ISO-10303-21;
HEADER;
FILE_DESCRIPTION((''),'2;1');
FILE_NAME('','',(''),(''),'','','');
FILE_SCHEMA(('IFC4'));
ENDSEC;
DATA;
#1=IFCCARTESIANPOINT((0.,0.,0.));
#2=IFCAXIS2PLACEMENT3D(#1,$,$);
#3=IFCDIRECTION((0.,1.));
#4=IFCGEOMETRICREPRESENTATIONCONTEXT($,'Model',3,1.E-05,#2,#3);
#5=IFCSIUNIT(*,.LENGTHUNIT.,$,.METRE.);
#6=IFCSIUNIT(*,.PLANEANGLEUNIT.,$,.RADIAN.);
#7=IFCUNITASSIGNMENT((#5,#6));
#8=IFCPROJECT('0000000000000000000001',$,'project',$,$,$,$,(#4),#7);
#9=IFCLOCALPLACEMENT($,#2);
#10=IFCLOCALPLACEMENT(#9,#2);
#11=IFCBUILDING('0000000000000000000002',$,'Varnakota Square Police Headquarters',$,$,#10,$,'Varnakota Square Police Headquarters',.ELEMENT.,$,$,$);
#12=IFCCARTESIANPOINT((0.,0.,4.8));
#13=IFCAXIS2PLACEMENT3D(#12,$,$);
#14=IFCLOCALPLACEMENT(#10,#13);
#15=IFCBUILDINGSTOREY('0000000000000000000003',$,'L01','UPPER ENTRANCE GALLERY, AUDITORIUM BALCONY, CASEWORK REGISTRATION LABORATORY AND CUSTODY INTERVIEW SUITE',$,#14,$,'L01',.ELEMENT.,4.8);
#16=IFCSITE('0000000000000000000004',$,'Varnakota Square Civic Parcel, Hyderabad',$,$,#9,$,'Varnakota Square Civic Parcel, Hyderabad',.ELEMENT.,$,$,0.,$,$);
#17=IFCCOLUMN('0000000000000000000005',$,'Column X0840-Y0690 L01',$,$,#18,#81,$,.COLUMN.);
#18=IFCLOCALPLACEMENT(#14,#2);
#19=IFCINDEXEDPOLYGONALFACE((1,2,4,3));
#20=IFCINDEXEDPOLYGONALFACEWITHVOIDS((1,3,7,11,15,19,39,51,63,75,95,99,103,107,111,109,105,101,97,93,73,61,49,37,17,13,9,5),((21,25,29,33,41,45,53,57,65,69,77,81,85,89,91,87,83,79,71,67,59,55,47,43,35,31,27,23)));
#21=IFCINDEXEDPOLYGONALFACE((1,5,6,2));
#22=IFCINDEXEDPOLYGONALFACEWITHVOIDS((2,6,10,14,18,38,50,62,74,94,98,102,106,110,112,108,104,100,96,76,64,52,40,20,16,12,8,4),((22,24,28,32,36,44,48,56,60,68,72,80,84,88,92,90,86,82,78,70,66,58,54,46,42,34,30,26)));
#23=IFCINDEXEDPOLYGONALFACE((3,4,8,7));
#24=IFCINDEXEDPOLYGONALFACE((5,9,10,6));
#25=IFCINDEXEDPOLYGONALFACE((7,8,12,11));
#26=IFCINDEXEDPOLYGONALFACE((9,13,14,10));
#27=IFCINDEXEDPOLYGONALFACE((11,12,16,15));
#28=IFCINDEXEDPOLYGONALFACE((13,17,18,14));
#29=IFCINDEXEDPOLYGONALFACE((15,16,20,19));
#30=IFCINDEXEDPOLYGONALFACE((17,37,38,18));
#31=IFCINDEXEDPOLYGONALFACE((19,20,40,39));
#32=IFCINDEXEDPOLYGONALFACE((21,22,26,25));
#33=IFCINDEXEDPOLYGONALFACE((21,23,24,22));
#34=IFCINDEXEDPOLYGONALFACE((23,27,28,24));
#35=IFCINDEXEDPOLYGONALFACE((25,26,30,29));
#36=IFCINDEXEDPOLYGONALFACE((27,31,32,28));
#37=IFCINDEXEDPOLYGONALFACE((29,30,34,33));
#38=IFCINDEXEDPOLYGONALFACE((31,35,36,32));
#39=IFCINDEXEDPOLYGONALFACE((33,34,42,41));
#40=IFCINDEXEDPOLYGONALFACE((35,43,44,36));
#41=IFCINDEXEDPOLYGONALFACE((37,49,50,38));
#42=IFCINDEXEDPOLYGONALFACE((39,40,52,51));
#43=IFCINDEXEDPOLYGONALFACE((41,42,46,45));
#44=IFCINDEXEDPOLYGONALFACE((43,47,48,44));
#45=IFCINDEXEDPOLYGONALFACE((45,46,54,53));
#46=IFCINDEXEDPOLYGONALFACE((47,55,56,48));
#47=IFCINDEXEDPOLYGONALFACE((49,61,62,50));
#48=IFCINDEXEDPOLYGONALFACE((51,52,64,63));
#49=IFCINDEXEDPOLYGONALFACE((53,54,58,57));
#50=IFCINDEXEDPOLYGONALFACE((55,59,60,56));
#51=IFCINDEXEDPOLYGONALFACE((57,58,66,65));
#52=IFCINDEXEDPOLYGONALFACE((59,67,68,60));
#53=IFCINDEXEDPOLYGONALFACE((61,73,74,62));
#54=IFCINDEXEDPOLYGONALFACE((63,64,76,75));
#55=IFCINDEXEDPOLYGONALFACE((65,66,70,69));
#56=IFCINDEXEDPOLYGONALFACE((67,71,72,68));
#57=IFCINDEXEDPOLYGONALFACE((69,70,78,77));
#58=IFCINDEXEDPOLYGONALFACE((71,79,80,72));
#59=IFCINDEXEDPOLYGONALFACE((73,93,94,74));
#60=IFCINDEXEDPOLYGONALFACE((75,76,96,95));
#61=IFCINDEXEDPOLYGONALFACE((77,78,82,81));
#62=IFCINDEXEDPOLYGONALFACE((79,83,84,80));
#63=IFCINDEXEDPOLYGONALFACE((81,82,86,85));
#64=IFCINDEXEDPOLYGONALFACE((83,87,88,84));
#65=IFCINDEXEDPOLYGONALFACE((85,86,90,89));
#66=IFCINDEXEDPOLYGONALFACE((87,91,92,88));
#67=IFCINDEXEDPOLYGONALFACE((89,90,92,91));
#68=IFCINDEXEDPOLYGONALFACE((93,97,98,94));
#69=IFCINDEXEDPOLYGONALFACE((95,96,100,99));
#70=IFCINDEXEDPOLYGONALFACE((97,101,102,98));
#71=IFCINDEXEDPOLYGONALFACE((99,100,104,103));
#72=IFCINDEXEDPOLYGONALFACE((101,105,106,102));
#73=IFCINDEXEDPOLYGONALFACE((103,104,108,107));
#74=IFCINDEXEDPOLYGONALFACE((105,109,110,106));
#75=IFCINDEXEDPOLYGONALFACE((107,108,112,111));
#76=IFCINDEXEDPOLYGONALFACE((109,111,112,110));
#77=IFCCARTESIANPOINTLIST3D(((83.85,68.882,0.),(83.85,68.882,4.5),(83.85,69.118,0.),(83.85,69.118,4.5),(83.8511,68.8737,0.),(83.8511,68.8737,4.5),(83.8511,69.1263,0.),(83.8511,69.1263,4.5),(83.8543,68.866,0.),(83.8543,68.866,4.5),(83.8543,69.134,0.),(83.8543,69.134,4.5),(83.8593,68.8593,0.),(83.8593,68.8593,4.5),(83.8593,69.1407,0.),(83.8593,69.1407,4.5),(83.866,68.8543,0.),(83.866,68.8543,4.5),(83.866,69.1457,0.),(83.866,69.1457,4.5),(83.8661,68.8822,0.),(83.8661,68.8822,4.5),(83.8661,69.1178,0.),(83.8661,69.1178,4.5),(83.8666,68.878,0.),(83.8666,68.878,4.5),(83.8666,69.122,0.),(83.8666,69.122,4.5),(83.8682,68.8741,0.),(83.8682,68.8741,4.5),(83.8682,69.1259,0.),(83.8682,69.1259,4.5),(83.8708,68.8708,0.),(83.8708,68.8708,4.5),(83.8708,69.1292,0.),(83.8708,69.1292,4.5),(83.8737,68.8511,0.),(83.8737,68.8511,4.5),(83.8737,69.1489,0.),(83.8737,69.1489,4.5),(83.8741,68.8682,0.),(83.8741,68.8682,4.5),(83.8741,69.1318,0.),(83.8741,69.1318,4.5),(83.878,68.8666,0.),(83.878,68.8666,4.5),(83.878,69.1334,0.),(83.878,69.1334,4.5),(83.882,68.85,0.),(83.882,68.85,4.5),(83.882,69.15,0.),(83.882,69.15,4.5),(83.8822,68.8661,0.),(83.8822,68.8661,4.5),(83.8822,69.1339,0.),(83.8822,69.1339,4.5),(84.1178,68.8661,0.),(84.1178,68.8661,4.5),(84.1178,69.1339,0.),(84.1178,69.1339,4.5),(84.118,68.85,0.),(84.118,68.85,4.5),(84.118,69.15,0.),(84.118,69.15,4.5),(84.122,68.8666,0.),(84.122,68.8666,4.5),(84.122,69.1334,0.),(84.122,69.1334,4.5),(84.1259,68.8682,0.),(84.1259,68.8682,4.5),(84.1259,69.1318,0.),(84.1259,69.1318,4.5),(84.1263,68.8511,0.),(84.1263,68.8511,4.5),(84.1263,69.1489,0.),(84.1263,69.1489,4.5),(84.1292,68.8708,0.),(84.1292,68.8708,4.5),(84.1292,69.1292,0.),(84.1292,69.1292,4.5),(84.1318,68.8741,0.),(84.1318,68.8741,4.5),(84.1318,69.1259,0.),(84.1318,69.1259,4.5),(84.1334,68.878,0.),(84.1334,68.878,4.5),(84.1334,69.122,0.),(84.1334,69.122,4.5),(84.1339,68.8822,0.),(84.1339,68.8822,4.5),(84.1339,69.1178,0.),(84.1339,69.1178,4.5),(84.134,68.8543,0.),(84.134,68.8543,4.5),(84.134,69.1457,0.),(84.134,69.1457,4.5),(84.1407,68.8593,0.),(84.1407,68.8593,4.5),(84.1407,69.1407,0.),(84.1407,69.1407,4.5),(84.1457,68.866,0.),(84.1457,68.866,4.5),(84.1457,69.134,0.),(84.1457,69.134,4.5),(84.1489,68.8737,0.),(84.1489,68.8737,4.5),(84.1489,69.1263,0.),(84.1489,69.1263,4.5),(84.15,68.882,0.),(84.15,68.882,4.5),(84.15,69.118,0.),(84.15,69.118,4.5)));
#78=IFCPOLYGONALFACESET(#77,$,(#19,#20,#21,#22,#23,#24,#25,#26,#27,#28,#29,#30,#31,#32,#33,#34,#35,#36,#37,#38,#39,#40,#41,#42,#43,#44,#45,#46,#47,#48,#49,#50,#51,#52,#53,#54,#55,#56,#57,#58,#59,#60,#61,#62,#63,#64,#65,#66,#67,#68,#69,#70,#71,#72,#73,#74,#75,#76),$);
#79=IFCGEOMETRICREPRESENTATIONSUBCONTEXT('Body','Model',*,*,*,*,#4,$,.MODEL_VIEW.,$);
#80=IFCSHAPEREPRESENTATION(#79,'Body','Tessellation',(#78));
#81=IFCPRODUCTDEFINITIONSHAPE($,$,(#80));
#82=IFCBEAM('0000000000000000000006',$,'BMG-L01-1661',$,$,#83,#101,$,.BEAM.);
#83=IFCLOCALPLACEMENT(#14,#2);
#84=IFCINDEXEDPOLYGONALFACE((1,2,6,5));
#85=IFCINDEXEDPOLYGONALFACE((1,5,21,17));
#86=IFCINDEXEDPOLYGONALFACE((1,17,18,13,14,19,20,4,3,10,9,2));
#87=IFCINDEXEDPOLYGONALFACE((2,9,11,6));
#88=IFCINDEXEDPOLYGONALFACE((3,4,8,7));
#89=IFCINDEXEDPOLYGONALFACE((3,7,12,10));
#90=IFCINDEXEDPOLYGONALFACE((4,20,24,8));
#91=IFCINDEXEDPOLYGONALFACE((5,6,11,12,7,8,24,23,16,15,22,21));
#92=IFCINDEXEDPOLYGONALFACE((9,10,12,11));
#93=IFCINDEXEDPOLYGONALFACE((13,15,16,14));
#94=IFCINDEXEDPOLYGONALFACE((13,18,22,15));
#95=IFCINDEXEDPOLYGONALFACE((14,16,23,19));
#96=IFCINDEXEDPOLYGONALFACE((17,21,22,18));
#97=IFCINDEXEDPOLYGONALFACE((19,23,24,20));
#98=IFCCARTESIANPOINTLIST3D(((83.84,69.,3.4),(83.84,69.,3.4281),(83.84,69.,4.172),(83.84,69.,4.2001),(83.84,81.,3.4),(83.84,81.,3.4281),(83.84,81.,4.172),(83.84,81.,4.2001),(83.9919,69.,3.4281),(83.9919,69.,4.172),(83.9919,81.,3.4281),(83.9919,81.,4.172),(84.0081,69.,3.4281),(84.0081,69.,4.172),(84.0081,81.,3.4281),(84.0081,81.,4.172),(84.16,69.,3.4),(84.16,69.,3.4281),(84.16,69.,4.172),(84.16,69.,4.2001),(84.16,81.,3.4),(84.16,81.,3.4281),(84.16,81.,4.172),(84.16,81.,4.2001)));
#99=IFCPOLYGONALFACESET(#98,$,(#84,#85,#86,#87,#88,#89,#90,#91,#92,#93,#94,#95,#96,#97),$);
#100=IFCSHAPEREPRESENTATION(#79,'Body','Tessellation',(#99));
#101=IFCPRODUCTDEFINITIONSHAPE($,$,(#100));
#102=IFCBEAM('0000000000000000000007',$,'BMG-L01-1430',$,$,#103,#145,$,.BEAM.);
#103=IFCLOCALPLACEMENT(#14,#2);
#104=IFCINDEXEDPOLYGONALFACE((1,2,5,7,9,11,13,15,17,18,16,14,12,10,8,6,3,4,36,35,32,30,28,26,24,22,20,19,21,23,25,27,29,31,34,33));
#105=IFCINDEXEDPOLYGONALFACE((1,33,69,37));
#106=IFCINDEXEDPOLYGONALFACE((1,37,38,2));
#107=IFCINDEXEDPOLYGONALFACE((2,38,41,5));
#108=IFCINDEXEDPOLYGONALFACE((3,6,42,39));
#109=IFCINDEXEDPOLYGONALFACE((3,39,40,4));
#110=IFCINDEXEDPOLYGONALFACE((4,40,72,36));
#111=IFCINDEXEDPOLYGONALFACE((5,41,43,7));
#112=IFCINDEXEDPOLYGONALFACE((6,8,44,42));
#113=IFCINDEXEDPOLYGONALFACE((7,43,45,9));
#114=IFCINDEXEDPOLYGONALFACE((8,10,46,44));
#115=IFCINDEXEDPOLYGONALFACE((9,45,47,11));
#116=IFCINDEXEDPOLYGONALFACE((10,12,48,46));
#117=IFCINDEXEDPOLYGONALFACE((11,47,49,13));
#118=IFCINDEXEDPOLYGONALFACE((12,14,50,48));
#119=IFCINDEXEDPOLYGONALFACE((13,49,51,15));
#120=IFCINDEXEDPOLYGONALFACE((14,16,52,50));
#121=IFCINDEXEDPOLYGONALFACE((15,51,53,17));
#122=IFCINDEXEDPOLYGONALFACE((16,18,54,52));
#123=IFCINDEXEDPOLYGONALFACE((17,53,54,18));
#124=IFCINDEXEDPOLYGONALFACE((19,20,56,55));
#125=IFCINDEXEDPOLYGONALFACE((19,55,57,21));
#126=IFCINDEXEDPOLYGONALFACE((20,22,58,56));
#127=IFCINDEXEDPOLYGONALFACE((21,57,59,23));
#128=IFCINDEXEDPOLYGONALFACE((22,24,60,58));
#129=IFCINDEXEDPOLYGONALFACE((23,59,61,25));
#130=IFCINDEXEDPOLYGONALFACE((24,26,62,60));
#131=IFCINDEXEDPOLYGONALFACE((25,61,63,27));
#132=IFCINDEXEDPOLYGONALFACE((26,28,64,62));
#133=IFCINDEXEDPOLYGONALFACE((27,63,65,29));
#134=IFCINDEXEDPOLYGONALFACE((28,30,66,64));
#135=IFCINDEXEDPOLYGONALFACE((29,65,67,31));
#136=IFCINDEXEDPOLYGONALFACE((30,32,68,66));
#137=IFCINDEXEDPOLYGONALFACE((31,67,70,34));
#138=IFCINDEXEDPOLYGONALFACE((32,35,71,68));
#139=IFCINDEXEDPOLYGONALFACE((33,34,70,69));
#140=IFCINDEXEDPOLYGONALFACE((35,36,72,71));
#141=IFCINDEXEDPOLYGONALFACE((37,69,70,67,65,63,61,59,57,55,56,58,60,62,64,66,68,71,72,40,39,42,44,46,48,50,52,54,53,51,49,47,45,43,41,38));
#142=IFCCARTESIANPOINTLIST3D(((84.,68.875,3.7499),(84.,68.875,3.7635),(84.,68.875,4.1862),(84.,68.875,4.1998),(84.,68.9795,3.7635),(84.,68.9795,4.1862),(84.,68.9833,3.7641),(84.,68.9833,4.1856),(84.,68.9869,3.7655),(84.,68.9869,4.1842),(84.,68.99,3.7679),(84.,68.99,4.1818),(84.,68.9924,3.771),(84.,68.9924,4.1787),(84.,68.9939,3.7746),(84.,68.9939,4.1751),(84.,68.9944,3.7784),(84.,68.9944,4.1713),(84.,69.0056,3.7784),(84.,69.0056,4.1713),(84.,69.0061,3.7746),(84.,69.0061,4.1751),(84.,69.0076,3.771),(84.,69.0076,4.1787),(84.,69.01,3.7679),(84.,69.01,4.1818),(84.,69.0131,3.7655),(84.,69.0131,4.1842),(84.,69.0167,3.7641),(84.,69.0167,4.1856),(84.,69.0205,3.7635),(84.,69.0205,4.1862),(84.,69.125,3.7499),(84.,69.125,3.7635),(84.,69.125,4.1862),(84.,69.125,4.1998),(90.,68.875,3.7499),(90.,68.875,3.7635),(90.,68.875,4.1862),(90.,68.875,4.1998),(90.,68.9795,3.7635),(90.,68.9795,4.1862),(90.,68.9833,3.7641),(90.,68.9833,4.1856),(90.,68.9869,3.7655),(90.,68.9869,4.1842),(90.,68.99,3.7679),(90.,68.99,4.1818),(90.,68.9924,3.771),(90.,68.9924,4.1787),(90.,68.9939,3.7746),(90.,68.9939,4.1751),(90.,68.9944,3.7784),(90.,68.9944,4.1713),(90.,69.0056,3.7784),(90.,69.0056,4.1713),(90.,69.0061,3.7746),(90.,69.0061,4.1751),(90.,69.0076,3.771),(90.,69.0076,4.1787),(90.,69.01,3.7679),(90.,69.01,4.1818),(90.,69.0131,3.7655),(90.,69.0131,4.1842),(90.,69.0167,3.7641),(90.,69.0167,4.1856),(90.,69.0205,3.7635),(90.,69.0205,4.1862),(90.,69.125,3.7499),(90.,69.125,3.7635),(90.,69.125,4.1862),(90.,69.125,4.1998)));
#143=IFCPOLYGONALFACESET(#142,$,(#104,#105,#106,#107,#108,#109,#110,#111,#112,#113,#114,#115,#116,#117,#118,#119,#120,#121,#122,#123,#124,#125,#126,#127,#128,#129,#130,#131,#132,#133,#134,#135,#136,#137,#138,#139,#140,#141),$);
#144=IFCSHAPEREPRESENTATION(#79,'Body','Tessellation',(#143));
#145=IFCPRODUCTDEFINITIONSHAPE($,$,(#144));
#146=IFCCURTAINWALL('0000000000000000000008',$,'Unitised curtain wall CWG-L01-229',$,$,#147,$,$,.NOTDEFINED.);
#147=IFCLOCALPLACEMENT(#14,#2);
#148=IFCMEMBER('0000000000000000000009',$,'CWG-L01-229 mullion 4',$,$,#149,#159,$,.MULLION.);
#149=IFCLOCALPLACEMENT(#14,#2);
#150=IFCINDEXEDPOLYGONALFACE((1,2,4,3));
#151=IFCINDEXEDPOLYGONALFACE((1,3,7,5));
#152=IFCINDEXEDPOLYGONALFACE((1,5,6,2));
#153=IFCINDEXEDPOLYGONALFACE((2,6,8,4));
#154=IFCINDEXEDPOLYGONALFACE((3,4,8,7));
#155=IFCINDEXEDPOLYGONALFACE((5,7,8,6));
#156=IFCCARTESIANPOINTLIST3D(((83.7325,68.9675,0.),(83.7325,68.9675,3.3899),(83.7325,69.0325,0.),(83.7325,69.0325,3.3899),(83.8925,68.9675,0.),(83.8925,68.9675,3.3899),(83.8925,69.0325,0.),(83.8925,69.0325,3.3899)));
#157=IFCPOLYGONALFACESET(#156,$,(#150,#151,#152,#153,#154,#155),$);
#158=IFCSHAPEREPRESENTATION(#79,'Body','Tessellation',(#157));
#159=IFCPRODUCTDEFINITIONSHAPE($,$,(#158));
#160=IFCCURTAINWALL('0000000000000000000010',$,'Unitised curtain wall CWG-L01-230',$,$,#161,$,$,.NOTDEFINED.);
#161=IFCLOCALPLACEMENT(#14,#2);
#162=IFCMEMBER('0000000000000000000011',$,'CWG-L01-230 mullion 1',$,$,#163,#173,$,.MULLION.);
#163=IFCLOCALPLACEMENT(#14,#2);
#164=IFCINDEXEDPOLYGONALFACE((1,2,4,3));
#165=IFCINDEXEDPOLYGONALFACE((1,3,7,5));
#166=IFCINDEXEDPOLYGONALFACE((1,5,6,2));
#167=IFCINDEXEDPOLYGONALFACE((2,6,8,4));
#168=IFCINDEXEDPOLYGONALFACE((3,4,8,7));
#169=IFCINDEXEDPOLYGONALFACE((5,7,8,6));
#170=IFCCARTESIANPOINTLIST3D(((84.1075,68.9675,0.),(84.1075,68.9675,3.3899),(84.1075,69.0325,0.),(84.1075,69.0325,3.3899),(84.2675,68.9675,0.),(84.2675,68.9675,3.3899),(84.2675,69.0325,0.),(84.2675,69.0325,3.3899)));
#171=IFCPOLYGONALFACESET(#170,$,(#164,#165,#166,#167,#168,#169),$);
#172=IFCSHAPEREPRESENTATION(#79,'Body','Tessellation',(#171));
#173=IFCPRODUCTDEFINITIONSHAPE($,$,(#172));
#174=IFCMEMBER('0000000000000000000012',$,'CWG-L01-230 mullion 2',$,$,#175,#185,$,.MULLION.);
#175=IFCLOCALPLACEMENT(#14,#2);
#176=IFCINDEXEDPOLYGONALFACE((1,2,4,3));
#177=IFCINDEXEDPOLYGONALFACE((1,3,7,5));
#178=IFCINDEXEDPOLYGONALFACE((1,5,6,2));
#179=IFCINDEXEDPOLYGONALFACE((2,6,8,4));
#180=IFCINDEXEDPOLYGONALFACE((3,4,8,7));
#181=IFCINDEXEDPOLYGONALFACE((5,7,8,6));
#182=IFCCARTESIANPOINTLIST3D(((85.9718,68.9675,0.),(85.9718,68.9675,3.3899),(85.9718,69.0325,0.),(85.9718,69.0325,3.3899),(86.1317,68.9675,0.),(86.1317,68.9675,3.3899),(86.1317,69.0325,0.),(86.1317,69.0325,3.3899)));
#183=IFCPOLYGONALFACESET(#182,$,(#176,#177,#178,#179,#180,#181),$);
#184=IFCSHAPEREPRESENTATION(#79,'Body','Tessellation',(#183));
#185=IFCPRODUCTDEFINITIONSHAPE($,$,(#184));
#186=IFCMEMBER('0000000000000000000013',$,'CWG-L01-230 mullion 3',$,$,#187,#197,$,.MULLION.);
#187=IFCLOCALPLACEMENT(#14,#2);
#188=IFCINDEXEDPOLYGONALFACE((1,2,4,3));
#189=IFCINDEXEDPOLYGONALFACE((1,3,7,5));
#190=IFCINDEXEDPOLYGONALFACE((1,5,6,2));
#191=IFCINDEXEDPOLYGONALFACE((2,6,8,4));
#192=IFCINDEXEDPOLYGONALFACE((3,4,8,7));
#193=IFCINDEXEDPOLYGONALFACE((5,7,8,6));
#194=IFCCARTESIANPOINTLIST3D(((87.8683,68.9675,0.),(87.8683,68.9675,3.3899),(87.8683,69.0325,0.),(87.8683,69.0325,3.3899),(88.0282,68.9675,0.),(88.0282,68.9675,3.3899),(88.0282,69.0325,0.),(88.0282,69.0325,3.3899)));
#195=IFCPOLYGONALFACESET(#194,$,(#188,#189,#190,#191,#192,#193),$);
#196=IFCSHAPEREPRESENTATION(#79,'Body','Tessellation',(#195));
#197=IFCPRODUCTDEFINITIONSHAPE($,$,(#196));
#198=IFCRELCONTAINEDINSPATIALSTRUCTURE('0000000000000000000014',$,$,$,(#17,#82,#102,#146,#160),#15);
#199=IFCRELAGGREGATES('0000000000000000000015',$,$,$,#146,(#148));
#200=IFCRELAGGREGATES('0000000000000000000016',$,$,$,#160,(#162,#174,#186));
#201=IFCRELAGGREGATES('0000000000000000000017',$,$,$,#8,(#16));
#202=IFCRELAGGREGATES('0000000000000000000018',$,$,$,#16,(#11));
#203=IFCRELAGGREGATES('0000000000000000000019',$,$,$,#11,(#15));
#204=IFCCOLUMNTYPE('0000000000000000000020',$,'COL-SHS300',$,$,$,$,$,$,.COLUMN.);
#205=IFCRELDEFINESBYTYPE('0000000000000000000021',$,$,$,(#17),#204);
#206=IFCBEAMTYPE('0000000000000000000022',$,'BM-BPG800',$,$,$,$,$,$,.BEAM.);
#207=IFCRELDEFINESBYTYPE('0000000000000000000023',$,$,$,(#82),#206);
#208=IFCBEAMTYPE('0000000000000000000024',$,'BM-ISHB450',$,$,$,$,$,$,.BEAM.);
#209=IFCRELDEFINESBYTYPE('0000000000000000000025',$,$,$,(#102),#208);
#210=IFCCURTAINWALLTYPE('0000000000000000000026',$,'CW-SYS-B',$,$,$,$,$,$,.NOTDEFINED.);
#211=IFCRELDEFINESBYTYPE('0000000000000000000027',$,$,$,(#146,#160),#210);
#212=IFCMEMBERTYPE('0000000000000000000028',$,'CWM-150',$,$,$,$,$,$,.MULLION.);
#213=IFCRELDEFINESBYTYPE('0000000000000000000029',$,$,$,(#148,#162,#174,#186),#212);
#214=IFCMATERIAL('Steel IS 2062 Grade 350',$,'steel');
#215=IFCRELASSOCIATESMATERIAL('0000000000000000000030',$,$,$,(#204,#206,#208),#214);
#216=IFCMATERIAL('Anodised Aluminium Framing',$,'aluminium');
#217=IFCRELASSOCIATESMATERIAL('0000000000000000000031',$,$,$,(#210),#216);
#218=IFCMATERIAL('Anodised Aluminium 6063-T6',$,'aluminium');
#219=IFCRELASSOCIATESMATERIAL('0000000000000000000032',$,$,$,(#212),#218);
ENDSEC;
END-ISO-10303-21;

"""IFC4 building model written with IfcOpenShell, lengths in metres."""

from ifc_helpers import new_model, si_unit, direction, frame, origin, origin_2d, place, context, subcontext, project, spatial, rectangle, hollow_rectangle, i_section, extrude, material, material_profile, profile_set, type_object, element, aggregate, save


model = new_model("IFC4")

# Units and contexts
model_context = context("Model", 3, precision=1e-05, world=origin(), true_north=direction((0.0, 1.0)))
body_context = subcontext(model_context, "Body", "Model", "MODEL_VIEW")
ifc_project = project(units=[si_unit("LENGTHUNIT", "METRE"), si_unit("PLANEANGLEUNIT", "RADIAN")], contexts=[model_context])

# Site, building, storey
site_placement = place(None, origin())
site = spatial("IfcSite", under=ifc_project, at=site_placement, Name="Varnakota Square Civic Parcel, Hyderabad", LongName="Varnakota Square Civic Parcel, Hyderabad", CompositionType="ELEMENT", RefElevation=0.0)
building_placement = place(site_placement, origin())
building = spatial("IfcBuilding", under=site, at=building_placement, Name="Varnakota Square Police Headquarters", LongName="Varnakota Square Police Headquarters", CompositionType="ELEMENT")
storey_placement = place(building_placement, frame((0.0, 0.0, 4.8)))
storey = spatial("IfcBuildingStorey", under=building, at=storey_placement, Name="L01", Description="UPPER ENTRANCE GALLERY, AUDITORIUM BALCONY, CASEWORK REGISTRATION LABORATORY AND CUSTODY INTERVIEW SUITE", LongName="L01", CompositionType="ELEMENT", Elevation=4.8)

# Column
ifc_material_1 = material(Name="Steel IS 2062 Grade 350", Category="steel")
ifc_material_profile_1 = material_profile(ifc_material_1, hollow_rectangle(XDim=0.3, YDim=0.3, WallThickness=0.0161, InnerFilletRadius=0.0161, OuterFilletRadius=0.032, at=origin_2d()), Name="SHS 300x300x16")
ifc_profile_set_1 = profile_set([ifc_material_profile_1], Name="Steel IS 2062 Grade 350")
column_type = type_object("IfcColumnType", Name="COL-SHS300", PredefinedType="COLUMN", material=ifc_profile_set_1)
column_placement = place(storey_placement, frame((84.0, 69.0, 0.0), z_axis=(0.0, 0.0, 1.0), x_axis=(1.0, 0.0, 0.0)))
element("IfcColumn", 1, at=column_placement, inside=storey, type_object=column_type, Name="Column X0840-Y0690 L01", PredefinedType="COLUMN", context=body_context, shape_type="SweptSolid", body=[
    extrude(hollow_rectangle(XDim=0.3, YDim=0.3, WallThickness=0.0161, InnerFilletRadius=0.0161, OuterFilletRadius=0.032, at=origin_2d()), origin(), (0.0, 0.0, 1.0), 4.5),
])

# Beams
ifc_material_profile_2 = material_profile(ifc_material_1, i_section(OverallWidth=0.3201, OverallDepth=0.8, WebThickness=0.0161, FlangeThickness=0.0281, at=origin_2d()), Name="BPG 800x320")
ifc_profile_set_2 = profile_set([ifc_material_profile_2], Name="Steel IS 2062 Grade 350")
beam_type_1 = type_object("IfcBeamType", Name="BM-BPG800", PredefinedType="BEAM", material=ifc_profile_set_2)
beam_1_placement = place(storey_placement, frame((84.0, 69.0, 3.8), z_axis=(0.0, 1.0, 0.0), x_axis=(-1.0, 0.0, 0.0)))
element("IfcBeam", 2, at=beam_1_placement, inside=storey, type_object=beam_type_1, Name="BMG-L01-1661", PredefinedType="BEAM", context=body_context, shape_type="SweptSolid", body=[
    extrude(i_section(OverallWidth=0.3201, OverallDepth=0.8, WebThickness=0.0161, FlangeThickness=0.0281, at=origin_2d()), origin(), (0.0, 0.0, 1.0), 12.0),
])
ifc_material_profile_3 = material_profile(ifc_material_1, i_section(OverallWidth=0.25, OverallDepth=0.45, WebThickness=0.0112, FlangeThickness=0.0137, FilletRadius=0.0149, at=origin_2d()), Name="ISHB 450")
ifc_profile_set_3 = profile_set([ifc_material_profile_3], Name="Steel IS 2062 Grade 350")
beam_type_2 = type_object("IfcBeamType", Name="BM-ISHB450", PredefinedType="BEAM", material=ifc_profile_set_3)
beam_2_placement = place(storey_placement, frame((84.0, 69.0, 3.9749), z_axis=(1.0, 0.0, 0.0), x_axis=(0.0, 1.0, 0.0)))
element("IfcBeam", 3, at=beam_2_placement, inside=storey, type_object=beam_type_2, Name="BMG-L01-1430", PredefinedType="BEAM", context=body_context, shape_type="SweptSolid", body=[
    extrude(i_section(OverallWidth=0.25, OverallDepth=0.45, WebThickness=0.0112, FlangeThickness=0.0137, FilletRadius=0.0149, at=origin_2d()), origin(), (0.0, 0.0, 1.0), 6.0),
])

# Curtain wall, member
ifc_material_2 = material(Name="Anodised Aluminium Framing", Category="aluminium")
curtain_wall_type = type_object("IfcCurtainWallType", Name="CW-SYS-B", PredefinedType="NOTDEFINED", material=ifc_material_2)
curtain_wall_1_placement = place(storey_placement, origin())
curtain_wall_1 = element("IfcCurtainWall", 4, at=curtain_wall_1_placement, inside=storey, type_object=curtain_wall_type, Name="Unitised curtain wall CWG-L01-229", PredefinedType="NOTDEFINED")
ifc_material_3 = material(Name="Anodised Aluminium 6063-T6", Category="aluminium")
ifc_material_profile_4 = material_profile(ifc_material_3, rectangle(XDim=0.0649, YDim=0.1599, at=origin_2d()), Name="ALU MULLION 65x160")
ifc_profile_set_4 = profile_set([ifc_material_profile_4], Name="Anodised Aluminium 6063-T6")
member_type_1 = type_object("IfcMemberType", Name="CWM-150", PredefinedType="MULLION", material=ifc_profile_set_4)
member_1_placement = place(storey_placement, frame((83.8125, 69.0, 0.0), z_axis=(0.0, 0.0, 1.0), x_axis=(0.0, 1.0, 0.0)))
member_1 = element("IfcMember", 5, at=member_1_placement, type_object=member_type_1, Name="CWG-L01-229 mullion 4", PredefinedType="MULLION", context=body_context, shape_type="SweptSolid", body=[
    extrude(rectangle(XDim=0.0649, YDim=0.1599, at=origin_2d()), origin(), (0.0, 0.0, 1.0), 3.3899),
])

# Curtain wall, members
curtain_wall_2_placement = place(storey_placement, origin())
curtain_wall_2 = element("IfcCurtainWall", 6, at=curtain_wall_2_placement, inside=storey, type_object=curtain_wall_type, Name="Unitised curtain wall CWG-L01-230", PredefinedType="NOTDEFINED")
member_2_placement = place(storey_placement, frame((84.1875, 69.0, 0.0), z_axis=(0.0, 0.0, 1.0), x_axis=(0.0, 1.0, 0.0)))
member_2 = element("IfcMember", 7, at=member_2_placement, type_object=member_type_1, Name="CWG-L01-230 mullion 1", PredefinedType="MULLION", context=body_context, shape_type="SweptSolid", body=[
    extrude(rectangle(XDim=0.0649, YDim=0.1599, at=origin_2d()), origin(), (0.0, 0.0, 1.0), 3.3899),
])
member_3_placement = place(storey_placement, frame((86.0518, 69.0, 0.0), z_axis=(0.0, 0.0, 1.0), x_axis=(0.0, 1.0, 0.0)))
member_3 = element("IfcMember", 8, at=member_3_placement, type_object=member_type_1, Name="CWG-L01-230 mullion 2", PredefinedType="MULLION", context=body_context, shape_type="SweptSolid", body=[
    extrude(rectangle(XDim=0.0649, YDim=0.1599, at=origin_2d()), origin(), (0.0, 0.0, 1.0), 3.3899),
])
member_4_placement = place(storey_placement, frame((87.9482, 69.0, 0.0), z_axis=(0.0, 0.0, 1.0), x_axis=(0.0, 1.0, 0.0)))
member_4 = element("IfcMember", 9, at=member_4_placement, type_object=member_type_1, Name="CWG-L01-230 mullion 3", PredefinedType="MULLION", context=body_context, shape_type="SweptSolid", body=[
    extrude(rectangle(XDim=0.0649, YDim=0.1599, at=origin_2d()), origin(), (0.0, 0.0, 1.0), 3.3899),
])

aggregate(curtain_wall_1, [member_1])
aggregate(curtain_wall_2, [member_2, member_3, member_4])

save(model, "model.ifc")
